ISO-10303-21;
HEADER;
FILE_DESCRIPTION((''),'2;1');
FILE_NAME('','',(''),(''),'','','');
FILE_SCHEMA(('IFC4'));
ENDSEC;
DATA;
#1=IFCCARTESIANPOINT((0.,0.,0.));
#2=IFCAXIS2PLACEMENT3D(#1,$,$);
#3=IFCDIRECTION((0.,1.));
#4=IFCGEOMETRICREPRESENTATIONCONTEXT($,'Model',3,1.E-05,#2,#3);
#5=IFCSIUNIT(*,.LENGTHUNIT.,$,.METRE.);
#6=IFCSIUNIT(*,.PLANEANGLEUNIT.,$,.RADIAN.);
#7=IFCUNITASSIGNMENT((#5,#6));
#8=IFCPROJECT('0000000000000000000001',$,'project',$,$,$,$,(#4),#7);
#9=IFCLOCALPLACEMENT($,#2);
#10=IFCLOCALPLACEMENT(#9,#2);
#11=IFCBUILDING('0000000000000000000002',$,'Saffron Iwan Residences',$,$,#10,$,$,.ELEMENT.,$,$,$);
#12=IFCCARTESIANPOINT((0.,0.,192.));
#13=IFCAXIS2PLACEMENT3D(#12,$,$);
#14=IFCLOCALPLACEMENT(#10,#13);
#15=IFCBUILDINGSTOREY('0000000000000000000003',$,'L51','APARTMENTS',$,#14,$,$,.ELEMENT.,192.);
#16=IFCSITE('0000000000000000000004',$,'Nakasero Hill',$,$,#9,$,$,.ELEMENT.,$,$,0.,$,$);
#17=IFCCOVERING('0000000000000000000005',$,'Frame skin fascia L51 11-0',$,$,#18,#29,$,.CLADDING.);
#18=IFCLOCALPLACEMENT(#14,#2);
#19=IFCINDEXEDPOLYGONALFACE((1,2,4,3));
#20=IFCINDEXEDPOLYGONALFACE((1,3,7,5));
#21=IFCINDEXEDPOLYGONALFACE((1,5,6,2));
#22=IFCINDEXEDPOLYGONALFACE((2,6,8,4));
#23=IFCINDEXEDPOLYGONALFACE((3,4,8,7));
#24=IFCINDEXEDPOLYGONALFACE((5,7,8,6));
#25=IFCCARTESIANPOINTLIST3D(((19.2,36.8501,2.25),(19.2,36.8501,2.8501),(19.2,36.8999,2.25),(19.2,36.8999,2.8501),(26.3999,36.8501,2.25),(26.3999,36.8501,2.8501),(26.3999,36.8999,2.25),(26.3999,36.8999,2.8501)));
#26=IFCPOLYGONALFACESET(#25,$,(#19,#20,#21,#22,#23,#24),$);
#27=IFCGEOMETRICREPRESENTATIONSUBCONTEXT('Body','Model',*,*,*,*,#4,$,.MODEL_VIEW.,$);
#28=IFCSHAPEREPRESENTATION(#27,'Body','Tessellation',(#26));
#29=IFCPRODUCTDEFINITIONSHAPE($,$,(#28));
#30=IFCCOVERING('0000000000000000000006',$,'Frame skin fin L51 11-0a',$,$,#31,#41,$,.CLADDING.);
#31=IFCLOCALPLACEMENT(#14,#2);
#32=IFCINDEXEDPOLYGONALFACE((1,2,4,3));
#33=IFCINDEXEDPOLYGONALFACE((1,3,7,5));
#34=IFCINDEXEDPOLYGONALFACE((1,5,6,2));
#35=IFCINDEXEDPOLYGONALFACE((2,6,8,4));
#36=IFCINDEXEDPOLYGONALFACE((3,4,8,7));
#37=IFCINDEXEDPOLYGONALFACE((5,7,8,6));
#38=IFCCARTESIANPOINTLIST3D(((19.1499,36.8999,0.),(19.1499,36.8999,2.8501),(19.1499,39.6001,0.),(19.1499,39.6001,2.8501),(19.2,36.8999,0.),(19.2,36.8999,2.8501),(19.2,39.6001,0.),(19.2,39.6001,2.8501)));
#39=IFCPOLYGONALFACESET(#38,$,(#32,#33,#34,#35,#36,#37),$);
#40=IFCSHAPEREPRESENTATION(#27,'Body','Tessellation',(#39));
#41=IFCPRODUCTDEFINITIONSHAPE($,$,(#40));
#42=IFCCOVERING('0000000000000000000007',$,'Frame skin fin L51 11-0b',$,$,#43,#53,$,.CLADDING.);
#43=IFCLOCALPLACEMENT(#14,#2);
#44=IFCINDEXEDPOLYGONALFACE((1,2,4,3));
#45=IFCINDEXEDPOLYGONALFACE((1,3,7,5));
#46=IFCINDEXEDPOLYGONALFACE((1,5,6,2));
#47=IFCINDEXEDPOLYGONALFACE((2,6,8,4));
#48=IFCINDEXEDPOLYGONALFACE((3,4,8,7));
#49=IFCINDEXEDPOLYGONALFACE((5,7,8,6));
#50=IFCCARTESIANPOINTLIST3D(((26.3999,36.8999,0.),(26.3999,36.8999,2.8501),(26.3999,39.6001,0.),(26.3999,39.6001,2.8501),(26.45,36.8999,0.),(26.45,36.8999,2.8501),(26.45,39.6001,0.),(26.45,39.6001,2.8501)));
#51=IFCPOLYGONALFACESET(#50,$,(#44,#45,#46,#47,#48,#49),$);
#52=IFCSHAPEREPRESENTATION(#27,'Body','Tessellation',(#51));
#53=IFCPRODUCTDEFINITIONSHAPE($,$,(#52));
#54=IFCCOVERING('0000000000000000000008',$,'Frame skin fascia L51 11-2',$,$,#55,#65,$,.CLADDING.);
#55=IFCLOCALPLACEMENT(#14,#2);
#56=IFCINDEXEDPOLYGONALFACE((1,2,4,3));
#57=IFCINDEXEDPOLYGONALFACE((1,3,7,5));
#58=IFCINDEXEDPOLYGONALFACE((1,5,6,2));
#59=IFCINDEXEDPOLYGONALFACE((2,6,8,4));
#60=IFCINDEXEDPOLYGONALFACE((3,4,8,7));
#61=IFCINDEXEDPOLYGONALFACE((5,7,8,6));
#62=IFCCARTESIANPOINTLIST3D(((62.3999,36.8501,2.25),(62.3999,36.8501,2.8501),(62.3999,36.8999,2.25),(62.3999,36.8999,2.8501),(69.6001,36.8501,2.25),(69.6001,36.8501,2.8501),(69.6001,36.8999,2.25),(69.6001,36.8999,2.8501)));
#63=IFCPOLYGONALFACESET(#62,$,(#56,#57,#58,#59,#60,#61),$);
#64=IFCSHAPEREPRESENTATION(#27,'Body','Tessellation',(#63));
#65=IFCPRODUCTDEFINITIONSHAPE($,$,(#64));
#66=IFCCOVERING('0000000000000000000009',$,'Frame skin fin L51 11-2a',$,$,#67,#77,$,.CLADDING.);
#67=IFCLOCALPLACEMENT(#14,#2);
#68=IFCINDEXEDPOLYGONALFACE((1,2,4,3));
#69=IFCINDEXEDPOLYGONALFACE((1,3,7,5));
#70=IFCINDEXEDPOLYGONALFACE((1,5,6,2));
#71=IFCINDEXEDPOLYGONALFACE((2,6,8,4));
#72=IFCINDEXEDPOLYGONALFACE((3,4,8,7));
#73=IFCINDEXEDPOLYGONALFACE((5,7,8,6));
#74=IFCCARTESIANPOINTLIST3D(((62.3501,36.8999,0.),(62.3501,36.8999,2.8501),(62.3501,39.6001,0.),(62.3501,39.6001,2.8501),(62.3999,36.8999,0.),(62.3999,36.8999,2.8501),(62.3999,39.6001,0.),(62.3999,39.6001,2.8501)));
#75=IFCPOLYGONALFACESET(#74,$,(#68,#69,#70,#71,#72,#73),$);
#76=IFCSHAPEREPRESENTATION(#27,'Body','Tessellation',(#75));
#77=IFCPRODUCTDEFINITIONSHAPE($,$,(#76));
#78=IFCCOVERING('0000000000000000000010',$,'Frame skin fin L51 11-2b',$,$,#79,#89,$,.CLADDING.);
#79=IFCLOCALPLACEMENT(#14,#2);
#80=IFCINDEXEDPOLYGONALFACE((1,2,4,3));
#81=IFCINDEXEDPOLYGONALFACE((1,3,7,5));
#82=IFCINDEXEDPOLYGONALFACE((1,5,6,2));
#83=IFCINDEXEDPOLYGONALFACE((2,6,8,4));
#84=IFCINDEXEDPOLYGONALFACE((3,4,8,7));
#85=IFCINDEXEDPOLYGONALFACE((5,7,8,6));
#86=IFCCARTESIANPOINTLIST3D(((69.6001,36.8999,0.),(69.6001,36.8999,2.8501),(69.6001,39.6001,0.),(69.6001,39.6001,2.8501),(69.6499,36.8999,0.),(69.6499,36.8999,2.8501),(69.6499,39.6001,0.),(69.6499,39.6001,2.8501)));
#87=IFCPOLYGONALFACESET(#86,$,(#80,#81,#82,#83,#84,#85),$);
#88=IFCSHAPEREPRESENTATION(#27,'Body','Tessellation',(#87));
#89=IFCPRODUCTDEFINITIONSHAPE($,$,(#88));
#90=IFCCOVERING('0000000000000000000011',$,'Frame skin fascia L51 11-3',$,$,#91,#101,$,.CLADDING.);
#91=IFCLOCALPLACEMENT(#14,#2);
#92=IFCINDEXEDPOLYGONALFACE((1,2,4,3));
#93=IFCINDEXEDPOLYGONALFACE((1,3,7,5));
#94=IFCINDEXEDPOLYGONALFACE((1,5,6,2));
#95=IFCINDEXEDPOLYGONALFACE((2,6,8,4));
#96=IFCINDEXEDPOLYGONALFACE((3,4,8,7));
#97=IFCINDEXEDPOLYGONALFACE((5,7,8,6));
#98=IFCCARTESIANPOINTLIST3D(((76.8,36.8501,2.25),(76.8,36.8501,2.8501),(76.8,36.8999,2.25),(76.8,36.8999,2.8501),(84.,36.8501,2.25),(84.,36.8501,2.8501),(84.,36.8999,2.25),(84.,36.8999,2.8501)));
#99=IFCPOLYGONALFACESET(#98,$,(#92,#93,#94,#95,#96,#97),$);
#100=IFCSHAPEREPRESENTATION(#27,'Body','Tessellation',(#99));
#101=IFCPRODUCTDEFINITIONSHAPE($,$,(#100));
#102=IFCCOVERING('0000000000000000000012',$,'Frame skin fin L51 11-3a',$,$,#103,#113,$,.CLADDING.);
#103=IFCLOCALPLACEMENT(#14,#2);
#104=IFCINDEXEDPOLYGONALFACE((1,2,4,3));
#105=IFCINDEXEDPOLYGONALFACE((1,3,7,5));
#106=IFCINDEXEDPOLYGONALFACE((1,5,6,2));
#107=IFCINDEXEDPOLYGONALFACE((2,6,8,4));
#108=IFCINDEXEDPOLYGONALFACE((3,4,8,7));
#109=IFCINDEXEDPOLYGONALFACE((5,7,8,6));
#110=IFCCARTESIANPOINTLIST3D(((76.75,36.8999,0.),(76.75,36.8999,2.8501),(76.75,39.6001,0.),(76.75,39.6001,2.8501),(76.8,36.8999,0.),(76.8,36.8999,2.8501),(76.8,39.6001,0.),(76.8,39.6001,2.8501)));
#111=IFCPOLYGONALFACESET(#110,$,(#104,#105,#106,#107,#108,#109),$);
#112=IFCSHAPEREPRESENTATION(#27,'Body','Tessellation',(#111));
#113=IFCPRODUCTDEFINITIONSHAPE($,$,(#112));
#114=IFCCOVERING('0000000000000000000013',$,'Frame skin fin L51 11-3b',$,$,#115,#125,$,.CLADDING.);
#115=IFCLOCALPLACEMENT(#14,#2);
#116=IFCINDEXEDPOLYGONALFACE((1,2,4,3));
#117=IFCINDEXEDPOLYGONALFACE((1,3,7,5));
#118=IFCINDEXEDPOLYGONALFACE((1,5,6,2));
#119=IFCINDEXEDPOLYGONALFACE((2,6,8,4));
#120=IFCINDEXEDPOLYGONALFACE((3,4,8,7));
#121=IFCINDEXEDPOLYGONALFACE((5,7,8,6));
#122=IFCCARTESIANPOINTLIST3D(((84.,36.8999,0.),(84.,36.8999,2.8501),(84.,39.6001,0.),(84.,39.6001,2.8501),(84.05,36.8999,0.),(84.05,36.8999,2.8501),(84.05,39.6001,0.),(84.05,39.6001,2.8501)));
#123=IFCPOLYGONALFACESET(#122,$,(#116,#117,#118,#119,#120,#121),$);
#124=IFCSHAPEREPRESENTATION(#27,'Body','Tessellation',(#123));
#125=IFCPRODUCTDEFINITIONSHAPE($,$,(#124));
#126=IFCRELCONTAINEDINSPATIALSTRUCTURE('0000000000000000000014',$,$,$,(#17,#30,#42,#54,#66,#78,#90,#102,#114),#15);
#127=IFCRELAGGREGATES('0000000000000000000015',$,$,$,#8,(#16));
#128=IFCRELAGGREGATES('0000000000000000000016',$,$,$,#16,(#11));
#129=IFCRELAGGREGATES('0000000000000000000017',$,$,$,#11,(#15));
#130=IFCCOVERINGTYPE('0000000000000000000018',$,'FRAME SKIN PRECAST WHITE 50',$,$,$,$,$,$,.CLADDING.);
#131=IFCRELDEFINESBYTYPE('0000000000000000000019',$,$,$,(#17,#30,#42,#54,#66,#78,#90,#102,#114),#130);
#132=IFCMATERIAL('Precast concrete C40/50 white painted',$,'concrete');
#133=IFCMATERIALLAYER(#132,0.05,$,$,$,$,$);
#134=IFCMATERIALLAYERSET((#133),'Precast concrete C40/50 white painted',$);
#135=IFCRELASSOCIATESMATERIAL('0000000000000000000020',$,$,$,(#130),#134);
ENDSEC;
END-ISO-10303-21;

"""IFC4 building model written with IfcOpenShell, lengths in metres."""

from ifc_helpers import new_model, si_unit, direction, frame, origin, place, context, subcontext, project, spatial, polyline, outline, extrude, material, layer, layer_set, type_object, element, save


model = new_model("IFC4")

# Units and contexts
model_context = context("Model", 3, precision=1e-05, world=origin(), true_north=direction((0.0, 1.0)))
body_context = subcontext(model_context, "Body", "Model", "MODEL_VIEW")
ifc_project = project(units=[si_unit("LENGTHUNIT", "METRE"), si_unit("PLANEANGLEUNIT", "RADIAN")], contexts=[model_context])

# Site, building, storey
site_placement = place(None, origin())
site = spatial("IfcSite", under=ifc_project, at=site_placement, Name="Nakasero Hill", CompositionType="ELEMENT", RefElevation=0.0)
building_placement = place(site_placement, origin())
building = spatial("IfcBuilding", under=site, at=building_placement, Name="Saffron Iwan Residences", CompositionType="ELEMENT")
storey_placement = place(building_placement, frame((0.0, 0.0, 192.0)))
storey = spatial("IfcBuildingStorey", under=building, at=storey_placement, Name="L51", Description="APARTMENTS", CompositionType="ELEMENT", Elevation=192.0)

# Coverings
ifc_material_1 = material(Name="Precast concrete C40/50 white painted", Category="concrete")
ifc_layer_1 = layer(ifc_material_1, 0.05)
ifc_layer_set_1 = layer_set([ifc_layer_1], Name="Precast concrete C40/50 white painted")
covering_type = type_object("IfcCoveringType", Name="FRAME SKIN PRECAST WHITE 50", PredefinedType="CLADDING", material=ifc_layer_set_1)
covering_1_placement = place(storey_placement, frame((0.0, 0.0, 2.25)))
element("IfcCovering", 1, at=covering_1_placement, inside=storey, type_object=covering_type, Name="Frame skin fascia L51 11-0", PredefinedType="CLADDING", context=body_context, shape_type="SweptSolid", body=[
    extrude(outline(polyline([(19.2, 36.8501), (26.3999, 36.8501), (26.3999, 36.8999), (19.2, 36.8999), (19.2, 36.8501)])), origin(), (0.0, 0.0, 1.0), 0.6001),
])
covering_2_placement = place(storey_placement, origin())
element("IfcCovering", 2, at=covering_2_placement, inside=storey, type_object=covering_type, Name="Frame skin fin L51 11-0a", PredefinedType="CLADDING", context=body_context, shape_type="SweptSolid", body=[
    extrude(outline(polyline([(19.1499, 36.8999), (19.2, 36.8999), (19.2, 39.6001), (19.1499, 39.6001), (19.1499, 36.8999)])), origin(), (0.0, 0.0, 1.0), 2.8501),
])
covering_3_placement = place(storey_placement, origin())
element("IfcCovering", 3, at=covering_3_placement, inside=storey, type_object=covering_type, Name="Frame skin fin L51 11-0b", PredefinedType="CLADDING", context=body_context, shape_type="SweptSolid", body=[
    extrude(outline(polyline([(26.3999, 36.8999), (26.45, 36.8999), (26.45, 39.6001), (26.3999, 39.6001), (26.3999, 36.8999)])), origin(), (0.0, 0.0, 1.0), 2.8501),
])
covering_4_placement = place(storey_placement, frame((0.0, 0.0, 2.25)))
element("IfcCovering", 4, at=covering_4_placement, inside=storey, type_object=covering_type, Name="Frame skin fascia L51 11-2", PredefinedType="CLADDING", context=body_context, shape_type="SweptSolid", body=[
    extrude(outline(polyline([(62.3999, 36.8501), (69.6001, 36.8501), (69.6001, 36.8999), (62.3999, 36.8999), (62.3999, 36.8501)])), origin(), (0.0, 0.0, 1.0), 0.6001),
])
covering_5_placement = place(storey_placement, origin())
element("IfcCovering", 5, at=covering_5_placement, inside=storey, type_object=covering_type, Name="Frame skin fin L51 11-2a", PredefinedType="CLADDING", context=body_context, shape_type="SweptSolid", body=[
    extrude(outline(polyline([(62.3501, 36.8999), (62.3999, 36.8999), (62.3999, 39.6001), (62.3501, 39.6001), (62.3501, 36.8999)])), origin(), (0.0, 0.0, 1.0), 2.8501),
])
covering_6_placement = place(storey_placement, origin())
element("IfcCovering", 6, at=covering_6_placement, inside=storey, type_object=covering_type, Name="Frame skin fin L51 11-2b", PredefinedType="CLADDING", context=body_context, shape_type="SweptSolid", body=[
    extrude(outline(polyline([(69.6001, 36.8999), (69.6499, 36.8999), (69.6499, 39.6001), (69.6001, 39.6001), (69.6001, 36.8999)])), origin(), (0.0, 0.0, 1.0), 2.8501),
])
covering_7_placement = place(storey_placement, frame((0.0, 0.0, 2.25)))
element("IfcCovering", 7, at=covering_7_placement, inside=storey, type_object=covering_type, Name="Frame skin fascia L51 11-3", PredefinedType="CLADDING", context=body_context, shape_type="SweptSolid", body=[
    extrude(outline(polyline([(76.8, 36.8501), (84.0, 36.8501), (84.0, 36.8999), (76.8, 36.8999), (76.8, 36.8501)])), origin(), (0.0, 0.0, 1.0), 0.6001),
])
covering_8_placement = place(storey_placement, origin())
element("IfcCovering", 8, at=covering_8_placement, inside=storey, type_object=covering_type, Name="Frame skin fin L51 11-3a", PredefinedType="CLADDING", context=body_context, shape_type="SweptSolid", body=[
    extrude(outline(polyline([(76.75, 36.8999), (76.8, 36.8999), (76.8, 39.6001), (76.75, 39.6001), (76.75, 36.8999)])), origin(), (0.0, 0.0, 1.0), 2.8501),
])
covering_9_placement = place(storey_placement, origin())
element("IfcCovering", 9, at=covering_9_placement, inside=storey, type_object=covering_type, Name="Frame skin fin L51 11-3b", PredefinedType="CLADDING", context=body_context, shape_type="SweptSolid", body=[
    extrude(outline(polyline([(84.0, 36.8999), (84.05, 36.8999), (84.05, 39.6001), (84.0, 39.6001), (84.0, 36.8999)])), origin(), (0.0, 0.0, 1.0), 2.8501),
])

save(model, "model.ifc")
